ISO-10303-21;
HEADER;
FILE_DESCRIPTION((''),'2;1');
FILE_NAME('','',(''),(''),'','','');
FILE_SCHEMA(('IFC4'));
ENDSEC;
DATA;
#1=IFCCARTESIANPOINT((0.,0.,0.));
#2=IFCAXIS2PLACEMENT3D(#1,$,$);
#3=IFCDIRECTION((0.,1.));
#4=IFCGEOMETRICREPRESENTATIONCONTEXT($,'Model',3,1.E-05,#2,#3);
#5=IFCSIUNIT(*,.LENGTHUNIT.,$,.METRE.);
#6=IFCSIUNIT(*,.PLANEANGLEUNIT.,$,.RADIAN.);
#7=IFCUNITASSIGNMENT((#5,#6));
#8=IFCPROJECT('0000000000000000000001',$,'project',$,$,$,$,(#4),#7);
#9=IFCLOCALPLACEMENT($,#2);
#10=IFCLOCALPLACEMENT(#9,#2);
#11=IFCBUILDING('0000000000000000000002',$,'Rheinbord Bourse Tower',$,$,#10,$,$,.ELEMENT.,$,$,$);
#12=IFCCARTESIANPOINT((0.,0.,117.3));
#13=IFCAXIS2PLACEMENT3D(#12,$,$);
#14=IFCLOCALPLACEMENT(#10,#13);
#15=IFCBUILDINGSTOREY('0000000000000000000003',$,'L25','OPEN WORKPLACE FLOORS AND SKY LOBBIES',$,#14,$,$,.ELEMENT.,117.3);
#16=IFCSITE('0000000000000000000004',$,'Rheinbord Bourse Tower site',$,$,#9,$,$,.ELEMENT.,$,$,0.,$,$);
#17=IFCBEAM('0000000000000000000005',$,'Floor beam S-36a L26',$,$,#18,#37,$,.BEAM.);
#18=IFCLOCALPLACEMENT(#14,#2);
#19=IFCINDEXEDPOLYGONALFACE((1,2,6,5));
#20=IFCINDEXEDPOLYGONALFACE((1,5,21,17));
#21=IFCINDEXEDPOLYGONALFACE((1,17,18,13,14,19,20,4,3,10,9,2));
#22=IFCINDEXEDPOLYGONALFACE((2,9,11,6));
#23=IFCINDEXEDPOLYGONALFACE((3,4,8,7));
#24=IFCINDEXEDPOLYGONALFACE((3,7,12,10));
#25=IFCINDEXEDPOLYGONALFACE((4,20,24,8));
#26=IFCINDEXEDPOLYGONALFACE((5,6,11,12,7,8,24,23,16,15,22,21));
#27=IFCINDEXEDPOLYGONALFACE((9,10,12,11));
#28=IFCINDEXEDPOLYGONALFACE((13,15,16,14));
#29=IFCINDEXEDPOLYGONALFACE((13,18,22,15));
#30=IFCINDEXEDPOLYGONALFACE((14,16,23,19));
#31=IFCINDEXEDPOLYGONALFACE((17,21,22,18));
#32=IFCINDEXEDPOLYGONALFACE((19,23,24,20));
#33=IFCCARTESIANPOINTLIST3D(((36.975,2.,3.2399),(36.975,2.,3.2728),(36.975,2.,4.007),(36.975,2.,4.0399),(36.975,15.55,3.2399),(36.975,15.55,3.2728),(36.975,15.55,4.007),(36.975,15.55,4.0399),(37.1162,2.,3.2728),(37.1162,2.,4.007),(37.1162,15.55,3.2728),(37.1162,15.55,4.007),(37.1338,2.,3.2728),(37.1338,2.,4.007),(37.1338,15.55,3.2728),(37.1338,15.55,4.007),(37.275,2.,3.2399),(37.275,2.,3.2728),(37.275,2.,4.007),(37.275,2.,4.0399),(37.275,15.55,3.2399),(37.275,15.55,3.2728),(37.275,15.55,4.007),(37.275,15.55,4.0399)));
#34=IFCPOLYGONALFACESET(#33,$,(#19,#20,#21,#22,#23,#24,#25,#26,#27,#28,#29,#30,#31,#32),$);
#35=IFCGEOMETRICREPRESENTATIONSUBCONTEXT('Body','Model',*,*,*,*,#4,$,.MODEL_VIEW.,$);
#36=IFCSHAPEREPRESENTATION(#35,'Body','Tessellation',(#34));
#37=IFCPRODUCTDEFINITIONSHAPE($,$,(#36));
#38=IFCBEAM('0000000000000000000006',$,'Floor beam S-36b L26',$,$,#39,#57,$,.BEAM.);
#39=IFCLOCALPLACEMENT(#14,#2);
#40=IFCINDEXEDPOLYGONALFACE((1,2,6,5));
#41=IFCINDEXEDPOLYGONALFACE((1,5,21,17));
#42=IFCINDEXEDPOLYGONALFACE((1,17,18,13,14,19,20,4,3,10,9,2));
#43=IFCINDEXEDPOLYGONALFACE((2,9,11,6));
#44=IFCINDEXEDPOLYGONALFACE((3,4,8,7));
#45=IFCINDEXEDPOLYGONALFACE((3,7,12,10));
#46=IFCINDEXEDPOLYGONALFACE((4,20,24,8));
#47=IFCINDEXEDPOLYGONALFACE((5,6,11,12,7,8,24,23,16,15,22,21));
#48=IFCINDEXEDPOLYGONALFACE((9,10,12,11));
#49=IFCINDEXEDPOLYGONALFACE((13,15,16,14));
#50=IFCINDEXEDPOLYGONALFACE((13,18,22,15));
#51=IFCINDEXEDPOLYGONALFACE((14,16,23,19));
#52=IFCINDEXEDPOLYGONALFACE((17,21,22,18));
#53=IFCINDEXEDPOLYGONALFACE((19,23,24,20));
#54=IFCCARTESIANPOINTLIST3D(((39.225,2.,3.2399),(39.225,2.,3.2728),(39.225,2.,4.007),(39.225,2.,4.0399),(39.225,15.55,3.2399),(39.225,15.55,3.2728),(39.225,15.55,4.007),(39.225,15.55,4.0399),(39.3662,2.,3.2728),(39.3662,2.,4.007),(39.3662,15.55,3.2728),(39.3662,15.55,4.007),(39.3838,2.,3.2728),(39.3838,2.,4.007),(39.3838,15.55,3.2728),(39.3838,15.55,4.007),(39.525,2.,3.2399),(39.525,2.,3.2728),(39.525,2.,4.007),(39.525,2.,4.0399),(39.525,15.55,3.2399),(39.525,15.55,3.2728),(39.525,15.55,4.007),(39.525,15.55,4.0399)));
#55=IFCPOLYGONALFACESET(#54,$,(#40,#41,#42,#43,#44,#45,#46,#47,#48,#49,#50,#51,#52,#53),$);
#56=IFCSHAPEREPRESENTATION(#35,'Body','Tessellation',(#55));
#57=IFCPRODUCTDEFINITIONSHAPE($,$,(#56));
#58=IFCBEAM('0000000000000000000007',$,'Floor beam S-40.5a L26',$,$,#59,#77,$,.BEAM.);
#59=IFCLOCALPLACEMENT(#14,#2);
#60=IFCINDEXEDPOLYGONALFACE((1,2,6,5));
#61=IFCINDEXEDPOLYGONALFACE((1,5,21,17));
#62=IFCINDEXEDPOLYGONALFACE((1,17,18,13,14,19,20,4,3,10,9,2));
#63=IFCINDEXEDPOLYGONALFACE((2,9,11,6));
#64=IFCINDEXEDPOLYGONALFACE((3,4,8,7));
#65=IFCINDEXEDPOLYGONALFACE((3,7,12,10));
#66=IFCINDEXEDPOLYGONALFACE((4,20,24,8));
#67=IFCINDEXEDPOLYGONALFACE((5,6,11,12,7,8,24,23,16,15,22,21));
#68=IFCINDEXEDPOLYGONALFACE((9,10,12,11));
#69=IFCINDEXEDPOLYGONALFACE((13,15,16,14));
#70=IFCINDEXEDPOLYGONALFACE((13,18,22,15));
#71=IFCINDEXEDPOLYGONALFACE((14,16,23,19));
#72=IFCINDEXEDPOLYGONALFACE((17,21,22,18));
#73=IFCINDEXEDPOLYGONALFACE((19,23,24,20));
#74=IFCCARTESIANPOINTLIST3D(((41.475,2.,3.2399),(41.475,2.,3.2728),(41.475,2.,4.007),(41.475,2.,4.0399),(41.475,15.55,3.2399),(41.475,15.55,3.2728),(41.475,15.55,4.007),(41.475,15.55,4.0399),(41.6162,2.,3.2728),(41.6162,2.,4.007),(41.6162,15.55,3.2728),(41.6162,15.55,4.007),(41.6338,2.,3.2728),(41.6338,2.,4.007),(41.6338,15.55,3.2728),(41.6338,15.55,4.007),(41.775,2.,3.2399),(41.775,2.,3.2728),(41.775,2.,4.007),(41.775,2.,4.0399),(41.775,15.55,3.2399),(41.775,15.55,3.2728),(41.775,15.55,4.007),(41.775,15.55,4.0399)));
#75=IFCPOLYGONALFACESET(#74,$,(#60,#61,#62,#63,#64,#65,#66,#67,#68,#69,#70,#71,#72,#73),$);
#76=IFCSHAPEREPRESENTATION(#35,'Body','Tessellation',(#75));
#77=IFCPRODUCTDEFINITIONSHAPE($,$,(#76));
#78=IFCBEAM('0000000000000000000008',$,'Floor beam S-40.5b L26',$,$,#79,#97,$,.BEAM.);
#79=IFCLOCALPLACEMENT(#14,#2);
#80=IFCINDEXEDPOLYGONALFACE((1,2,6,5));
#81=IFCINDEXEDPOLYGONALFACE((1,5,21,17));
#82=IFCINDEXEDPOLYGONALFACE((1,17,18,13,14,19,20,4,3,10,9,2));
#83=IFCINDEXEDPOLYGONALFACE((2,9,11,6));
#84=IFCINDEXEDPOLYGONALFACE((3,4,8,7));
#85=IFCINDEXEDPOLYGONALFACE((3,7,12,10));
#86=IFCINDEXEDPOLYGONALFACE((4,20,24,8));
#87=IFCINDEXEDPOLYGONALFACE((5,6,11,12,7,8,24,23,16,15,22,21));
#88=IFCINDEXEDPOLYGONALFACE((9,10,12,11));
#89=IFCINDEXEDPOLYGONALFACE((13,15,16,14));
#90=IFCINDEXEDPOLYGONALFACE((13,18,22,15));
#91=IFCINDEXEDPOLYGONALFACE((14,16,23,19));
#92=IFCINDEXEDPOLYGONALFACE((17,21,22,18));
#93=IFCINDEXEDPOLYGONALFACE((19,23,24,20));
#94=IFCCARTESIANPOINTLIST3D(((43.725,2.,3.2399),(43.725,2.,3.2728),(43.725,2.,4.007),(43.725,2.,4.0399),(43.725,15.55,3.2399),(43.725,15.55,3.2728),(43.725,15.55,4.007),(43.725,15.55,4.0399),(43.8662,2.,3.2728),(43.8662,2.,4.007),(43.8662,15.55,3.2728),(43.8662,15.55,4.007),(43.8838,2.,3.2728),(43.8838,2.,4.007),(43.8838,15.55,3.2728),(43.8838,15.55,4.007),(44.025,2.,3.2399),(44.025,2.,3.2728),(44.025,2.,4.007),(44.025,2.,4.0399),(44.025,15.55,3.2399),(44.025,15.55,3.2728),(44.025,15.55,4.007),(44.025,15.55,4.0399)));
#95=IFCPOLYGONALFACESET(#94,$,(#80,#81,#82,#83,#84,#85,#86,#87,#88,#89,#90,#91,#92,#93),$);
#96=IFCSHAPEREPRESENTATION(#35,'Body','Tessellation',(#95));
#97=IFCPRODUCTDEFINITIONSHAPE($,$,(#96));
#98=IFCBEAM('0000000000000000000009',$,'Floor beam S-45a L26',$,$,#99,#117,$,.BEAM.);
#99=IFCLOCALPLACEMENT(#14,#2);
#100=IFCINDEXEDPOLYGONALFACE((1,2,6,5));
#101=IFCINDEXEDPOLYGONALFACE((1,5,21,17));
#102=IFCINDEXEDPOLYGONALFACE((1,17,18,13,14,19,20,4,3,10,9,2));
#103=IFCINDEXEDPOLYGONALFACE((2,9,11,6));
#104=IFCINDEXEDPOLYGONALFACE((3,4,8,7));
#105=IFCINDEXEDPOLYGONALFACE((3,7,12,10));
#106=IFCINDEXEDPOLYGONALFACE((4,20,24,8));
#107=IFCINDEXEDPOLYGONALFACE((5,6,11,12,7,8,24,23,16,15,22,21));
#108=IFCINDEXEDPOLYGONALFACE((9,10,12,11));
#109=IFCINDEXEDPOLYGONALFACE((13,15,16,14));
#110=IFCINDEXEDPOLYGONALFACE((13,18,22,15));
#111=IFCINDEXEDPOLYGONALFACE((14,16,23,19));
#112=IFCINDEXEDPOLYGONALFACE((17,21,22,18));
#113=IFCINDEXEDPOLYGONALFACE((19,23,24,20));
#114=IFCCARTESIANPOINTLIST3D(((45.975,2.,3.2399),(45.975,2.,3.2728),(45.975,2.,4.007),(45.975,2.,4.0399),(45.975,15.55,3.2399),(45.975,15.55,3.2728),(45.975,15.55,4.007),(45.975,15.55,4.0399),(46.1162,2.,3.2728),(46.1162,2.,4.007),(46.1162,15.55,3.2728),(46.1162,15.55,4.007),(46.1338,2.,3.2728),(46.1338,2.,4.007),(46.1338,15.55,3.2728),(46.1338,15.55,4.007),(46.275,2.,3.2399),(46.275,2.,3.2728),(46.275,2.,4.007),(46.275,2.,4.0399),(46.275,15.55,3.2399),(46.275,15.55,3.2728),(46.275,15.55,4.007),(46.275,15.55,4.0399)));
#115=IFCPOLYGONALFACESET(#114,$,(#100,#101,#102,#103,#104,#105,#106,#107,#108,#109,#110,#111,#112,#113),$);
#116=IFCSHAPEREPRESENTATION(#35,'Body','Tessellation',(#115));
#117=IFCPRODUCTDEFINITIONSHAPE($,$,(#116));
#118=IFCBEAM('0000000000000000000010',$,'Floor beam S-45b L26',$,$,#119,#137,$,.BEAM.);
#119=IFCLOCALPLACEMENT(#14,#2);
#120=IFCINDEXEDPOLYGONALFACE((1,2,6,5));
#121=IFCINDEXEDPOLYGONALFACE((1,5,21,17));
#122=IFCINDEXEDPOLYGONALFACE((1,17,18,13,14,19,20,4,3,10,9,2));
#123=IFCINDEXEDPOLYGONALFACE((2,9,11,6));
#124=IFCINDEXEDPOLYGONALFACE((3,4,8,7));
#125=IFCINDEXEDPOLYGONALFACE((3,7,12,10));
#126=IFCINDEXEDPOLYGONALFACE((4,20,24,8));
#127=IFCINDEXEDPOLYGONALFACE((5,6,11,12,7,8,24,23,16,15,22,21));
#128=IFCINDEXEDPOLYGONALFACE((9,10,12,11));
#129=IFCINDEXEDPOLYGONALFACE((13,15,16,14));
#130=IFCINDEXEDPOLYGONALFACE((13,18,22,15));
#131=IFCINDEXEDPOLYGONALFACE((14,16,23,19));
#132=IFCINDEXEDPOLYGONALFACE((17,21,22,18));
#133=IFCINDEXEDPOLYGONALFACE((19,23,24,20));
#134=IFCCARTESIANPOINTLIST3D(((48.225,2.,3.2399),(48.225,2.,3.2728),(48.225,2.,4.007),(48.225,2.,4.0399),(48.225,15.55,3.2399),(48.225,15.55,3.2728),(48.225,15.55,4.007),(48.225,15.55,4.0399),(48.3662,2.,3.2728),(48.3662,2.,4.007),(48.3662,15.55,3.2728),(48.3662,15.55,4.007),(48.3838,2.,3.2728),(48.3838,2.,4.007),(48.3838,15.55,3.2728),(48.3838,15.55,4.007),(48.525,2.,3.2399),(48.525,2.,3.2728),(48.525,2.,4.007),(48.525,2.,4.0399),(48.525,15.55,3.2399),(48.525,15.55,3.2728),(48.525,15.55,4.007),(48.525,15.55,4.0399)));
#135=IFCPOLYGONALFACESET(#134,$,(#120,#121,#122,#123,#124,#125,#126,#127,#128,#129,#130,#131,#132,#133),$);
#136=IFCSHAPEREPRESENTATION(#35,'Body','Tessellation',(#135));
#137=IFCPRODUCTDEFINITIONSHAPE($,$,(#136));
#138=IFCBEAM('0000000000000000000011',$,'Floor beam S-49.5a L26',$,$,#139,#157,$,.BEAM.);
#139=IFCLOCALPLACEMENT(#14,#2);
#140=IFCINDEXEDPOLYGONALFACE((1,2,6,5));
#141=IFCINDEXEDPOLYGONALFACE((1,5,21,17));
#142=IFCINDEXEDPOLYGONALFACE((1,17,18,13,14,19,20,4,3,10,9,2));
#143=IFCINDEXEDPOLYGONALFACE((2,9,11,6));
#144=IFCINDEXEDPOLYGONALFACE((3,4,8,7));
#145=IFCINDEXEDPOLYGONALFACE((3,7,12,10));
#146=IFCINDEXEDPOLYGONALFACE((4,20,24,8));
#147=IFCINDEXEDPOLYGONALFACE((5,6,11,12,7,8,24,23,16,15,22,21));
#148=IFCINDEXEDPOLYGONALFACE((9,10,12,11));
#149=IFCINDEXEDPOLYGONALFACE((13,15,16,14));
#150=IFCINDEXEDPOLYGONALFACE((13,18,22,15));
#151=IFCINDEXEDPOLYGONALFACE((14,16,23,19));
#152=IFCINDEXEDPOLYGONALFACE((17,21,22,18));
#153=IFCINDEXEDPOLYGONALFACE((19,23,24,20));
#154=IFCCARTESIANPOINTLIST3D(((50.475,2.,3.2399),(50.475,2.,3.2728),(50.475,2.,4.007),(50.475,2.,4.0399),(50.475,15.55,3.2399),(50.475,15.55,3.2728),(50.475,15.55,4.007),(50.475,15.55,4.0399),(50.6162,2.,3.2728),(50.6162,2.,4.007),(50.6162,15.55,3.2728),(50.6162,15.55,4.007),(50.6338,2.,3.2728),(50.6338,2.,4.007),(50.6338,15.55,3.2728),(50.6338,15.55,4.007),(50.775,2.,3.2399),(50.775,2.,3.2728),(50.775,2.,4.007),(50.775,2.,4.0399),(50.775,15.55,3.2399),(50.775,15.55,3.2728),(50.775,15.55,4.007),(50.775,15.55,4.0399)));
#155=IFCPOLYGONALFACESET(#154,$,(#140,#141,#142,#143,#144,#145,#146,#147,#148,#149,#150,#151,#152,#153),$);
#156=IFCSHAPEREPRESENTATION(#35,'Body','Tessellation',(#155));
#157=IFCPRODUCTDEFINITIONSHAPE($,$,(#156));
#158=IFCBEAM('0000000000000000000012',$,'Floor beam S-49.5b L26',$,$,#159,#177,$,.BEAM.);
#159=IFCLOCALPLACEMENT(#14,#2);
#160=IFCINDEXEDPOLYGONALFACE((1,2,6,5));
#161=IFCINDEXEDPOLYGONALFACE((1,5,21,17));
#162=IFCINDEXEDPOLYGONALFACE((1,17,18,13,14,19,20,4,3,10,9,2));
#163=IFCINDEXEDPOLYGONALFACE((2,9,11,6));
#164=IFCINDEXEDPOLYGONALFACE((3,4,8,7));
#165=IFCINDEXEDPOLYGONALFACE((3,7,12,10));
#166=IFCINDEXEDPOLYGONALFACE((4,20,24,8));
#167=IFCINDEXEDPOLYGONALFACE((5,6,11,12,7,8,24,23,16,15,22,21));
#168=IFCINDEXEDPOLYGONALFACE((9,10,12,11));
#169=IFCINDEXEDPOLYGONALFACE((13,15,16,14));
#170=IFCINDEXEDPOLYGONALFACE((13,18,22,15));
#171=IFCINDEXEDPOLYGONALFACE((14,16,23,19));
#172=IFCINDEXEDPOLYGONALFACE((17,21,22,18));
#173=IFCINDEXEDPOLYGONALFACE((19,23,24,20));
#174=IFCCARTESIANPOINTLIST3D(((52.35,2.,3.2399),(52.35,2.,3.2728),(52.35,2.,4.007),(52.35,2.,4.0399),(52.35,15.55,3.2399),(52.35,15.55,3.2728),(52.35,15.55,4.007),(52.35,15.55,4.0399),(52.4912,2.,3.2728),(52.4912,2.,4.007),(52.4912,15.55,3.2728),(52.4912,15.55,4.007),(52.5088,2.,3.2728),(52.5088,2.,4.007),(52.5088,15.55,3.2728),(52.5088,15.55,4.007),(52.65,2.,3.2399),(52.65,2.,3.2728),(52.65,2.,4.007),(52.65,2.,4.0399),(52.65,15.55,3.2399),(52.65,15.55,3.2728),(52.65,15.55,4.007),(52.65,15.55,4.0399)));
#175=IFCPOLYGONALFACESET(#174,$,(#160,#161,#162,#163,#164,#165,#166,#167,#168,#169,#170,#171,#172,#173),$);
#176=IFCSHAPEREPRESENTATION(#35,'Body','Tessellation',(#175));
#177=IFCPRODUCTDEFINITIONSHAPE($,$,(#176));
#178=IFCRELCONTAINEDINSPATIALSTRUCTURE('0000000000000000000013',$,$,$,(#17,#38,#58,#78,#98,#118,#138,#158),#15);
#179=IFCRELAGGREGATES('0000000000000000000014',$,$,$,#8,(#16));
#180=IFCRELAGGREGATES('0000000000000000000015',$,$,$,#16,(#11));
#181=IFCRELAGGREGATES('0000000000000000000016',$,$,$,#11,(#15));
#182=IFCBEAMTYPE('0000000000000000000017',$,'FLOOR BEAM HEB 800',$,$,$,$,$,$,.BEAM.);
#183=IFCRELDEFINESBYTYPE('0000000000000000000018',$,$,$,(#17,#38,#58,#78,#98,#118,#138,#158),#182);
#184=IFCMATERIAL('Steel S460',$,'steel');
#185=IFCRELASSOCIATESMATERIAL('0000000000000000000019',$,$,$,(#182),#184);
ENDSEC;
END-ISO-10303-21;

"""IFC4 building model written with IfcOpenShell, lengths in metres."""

from ifc_helpers import new_model, si_unit, direction, frame, origin, origin_2d, place, context, subcontext, project, spatial, i_section, extrude, material, material_profile, profile_set, type_object, element, save


model = new_model("IFC4")

# Units and contexts
model_context = context("Model", 3, precision=1e-05, world=origin(), true_north=direction((0.0, 1.0)))
body_context = subcontext(model_context, "Body", "Model", "MODEL_VIEW")
ifc_project = project(units=[si_unit("LENGTHUNIT", "METRE"), si_unit("PLANEANGLEUNIT", "RADIAN")], contexts=[model_context])

# Site, building, storey
site_placement = place(None, origin())
site = spatial("IfcSite", under=ifc_project, at=site_placement, Name="Rheinbord Bourse Tower site", CompositionType="ELEMENT", RefElevation=0.0)
building_placement = place(site_placement, origin())
building = spatial("IfcBuilding", under=site, at=building_placement, Name="Rheinbord Bourse Tower", CompositionType="ELEMENT")
storey_placement = place(building_placement, frame((0.0, 0.0, 117.3)))
storey = spatial("IfcBuildingStorey", under=building, at=storey_placement, Name="L25", Description="OPEN WORKPLACE FLOORS AND SKY LOBBIES", CompositionType="ELEMENT", Elevation=117.3)

# Beams
ifc_material_1 = material(Name="Steel S460", Category="steel")
ifc_material_profile_1 = material_profile(ifc_material_1, i_section(OverallWidth=0.3, OverallDepth=0.8, WebThickness=0.0176, FlangeThickness=0.033, at=origin_2d()), Name="HEB 800")
ifc_profile_set_1 = profile_set([ifc_material_profile_1], Name="Steel S460")
beam_type_1 = type_object("IfcBeamType", Name="FLOOR BEAM HEB 800", PredefinedType="BEAM", material=ifc_profile_set_1)
for number, where, z_axis, x_axis, name in (
    (1, (37.125, 2.0, 3.6399), (0.0, 1.0, 0.0), (-1.0, 0.0, 0.0), "Floor beam S-36a L26"),
    (2, (39.375, 2.0, 3.6399), (0.0, 1.0, 0.0), (-1.0, 0.0, 0.0), "Floor beam S-36b L26"),
    (3, (41.625, 2.0, 3.6399), (0.0, 1.0, 0.0), (-1.0, 0.0, 0.0), "Floor beam S-40.5a L26"),
    (4, (43.875, 2.0, 3.6399), (0.0, 1.0, 0.0), (-1.0, 0.0, 0.0), "Floor beam S-40.5b L26"),
    (5, (46.125, 2.0, 3.6399), (0.0, 1.0, 0.0), (-1.0, 0.0, 0.0), "Floor beam S-45a L26"),
    (6, (48.375, 2.0, 3.6399), (0.0, 1.0, 0.0), (-1.0, 0.0, 0.0), "Floor beam S-45b L26"),
    (7, (50.625, 2.0, 3.6399), (0.0, 1.0, 0.0), (-1.0, 0.0, 0.0), "Floor beam S-49.5a L26"),
    (8, (52.5, 2.0, 3.6399), (0.0, 1.0, 0.0), (-1.0, 0.0, 0.0), "Floor beam S-49.5b L26"),
):
    element("IfcBeam", number, at=place(storey_placement, frame(where, z_axis=z_axis, x_axis=x_axis)), inside=storey, type_object=beam_type_1, Name=name, PredefinedType="BEAM", context=body_context, shape_type="SweptSolid", body=[
        extrude(i_section(OverallWidth=0.3, OverallDepth=0.8, WebThickness=0.0176, FlangeThickness=0.033, at=origin_2d()), origin(), (0.0, 0.0, 1.0), 13.55),
    ])

save(model, "model.ifc")
